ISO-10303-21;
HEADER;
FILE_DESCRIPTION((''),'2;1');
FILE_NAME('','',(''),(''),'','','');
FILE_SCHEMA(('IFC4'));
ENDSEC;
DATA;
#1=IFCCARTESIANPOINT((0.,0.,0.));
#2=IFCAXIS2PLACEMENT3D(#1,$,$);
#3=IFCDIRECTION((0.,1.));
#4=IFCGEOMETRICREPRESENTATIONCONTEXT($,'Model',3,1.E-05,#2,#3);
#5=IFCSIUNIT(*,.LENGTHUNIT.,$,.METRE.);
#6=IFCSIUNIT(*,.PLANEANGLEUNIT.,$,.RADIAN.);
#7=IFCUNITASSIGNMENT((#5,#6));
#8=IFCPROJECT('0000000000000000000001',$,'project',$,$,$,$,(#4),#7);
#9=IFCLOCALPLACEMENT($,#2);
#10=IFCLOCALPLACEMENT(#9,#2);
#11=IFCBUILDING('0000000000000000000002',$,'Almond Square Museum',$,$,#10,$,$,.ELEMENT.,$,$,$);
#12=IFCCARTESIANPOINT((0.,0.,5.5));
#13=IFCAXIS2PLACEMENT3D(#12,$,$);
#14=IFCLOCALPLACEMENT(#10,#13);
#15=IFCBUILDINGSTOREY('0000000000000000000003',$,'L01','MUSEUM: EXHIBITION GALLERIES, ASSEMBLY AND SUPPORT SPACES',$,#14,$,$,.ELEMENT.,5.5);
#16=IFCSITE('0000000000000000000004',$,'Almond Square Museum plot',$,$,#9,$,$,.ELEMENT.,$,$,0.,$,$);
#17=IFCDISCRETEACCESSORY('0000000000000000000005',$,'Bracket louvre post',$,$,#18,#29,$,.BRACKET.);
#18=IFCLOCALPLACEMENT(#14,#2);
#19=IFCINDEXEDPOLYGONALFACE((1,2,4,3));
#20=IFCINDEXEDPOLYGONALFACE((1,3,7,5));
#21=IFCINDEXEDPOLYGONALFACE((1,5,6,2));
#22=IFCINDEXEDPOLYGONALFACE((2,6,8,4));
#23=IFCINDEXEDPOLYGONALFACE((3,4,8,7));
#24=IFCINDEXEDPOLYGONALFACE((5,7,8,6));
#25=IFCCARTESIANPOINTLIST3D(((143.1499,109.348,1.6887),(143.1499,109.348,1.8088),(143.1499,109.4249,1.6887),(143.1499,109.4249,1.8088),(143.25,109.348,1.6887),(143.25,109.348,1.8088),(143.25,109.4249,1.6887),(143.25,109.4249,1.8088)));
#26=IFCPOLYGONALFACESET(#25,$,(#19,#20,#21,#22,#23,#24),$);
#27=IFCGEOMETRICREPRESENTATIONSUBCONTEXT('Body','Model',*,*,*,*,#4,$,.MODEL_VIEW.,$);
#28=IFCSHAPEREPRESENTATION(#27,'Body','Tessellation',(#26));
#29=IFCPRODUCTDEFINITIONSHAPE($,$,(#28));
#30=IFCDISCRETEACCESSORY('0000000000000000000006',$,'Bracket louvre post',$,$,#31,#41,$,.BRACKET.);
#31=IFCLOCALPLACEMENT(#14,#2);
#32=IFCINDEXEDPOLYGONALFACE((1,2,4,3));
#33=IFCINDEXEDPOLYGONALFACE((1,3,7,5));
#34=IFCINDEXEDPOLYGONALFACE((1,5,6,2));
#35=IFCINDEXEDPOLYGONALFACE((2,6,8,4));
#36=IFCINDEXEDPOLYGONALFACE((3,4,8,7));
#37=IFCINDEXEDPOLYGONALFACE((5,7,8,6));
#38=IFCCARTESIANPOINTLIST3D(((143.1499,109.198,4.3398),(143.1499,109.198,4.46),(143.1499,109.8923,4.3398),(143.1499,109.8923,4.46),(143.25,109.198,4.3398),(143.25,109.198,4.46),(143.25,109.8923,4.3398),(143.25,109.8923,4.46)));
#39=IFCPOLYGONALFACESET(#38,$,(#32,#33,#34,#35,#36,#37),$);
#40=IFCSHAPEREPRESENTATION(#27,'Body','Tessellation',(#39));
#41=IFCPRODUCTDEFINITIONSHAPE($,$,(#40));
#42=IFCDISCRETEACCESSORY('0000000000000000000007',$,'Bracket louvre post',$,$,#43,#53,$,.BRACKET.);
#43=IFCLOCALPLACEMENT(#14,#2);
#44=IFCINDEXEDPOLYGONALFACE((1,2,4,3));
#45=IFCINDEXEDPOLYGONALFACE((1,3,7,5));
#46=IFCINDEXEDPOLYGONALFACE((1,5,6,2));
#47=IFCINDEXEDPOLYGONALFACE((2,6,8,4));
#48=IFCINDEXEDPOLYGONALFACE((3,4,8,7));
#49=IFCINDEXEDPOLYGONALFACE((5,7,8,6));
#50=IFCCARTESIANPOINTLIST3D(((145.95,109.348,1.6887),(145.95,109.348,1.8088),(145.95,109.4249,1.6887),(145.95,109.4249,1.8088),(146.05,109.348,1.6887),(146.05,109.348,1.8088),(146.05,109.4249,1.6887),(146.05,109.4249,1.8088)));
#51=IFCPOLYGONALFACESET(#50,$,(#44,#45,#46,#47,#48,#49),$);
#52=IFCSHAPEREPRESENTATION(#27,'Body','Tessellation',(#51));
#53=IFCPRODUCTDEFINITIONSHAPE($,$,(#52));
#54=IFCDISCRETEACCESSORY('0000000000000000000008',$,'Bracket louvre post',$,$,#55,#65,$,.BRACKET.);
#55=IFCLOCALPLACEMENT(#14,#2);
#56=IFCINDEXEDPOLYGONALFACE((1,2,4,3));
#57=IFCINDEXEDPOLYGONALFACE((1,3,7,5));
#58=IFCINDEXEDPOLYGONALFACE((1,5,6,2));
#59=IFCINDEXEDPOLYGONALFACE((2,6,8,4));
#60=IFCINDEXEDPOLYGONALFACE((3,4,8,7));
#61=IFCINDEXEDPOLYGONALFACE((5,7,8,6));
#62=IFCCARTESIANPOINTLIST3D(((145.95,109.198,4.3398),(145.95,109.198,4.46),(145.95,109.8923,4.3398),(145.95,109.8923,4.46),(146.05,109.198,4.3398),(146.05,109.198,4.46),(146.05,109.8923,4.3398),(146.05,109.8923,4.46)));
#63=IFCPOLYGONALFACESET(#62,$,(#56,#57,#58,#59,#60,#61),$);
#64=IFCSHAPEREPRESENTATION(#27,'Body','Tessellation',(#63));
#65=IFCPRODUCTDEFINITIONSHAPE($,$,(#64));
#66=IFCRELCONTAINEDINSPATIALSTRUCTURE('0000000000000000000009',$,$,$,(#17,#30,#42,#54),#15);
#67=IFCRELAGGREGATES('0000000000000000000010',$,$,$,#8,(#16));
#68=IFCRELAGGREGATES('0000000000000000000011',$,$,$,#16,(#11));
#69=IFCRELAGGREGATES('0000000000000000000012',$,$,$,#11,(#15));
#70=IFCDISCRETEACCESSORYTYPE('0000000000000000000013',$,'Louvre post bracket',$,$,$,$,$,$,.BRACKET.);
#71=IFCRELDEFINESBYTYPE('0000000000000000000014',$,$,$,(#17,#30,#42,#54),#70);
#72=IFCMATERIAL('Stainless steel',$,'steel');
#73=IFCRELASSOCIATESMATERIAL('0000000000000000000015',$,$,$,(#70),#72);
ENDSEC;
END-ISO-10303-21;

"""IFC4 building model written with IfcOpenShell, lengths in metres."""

from ifc_helpers import new_model, si_unit, direction, frame, origin, origin_2d, place, context, subcontext, project, spatial, rectangle, extrude, material, type_object, element, save


model = new_model("IFC4")

# Units and contexts
model_context = context("Model", 3, precision=1e-05, world=origin(), true_north=direction((0.0, 1.0)))
body_context = subcontext(model_context, "Body", "Model", "MODEL_VIEW")
ifc_project = project(units=[si_unit("LENGTHUNIT", "METRE"), si_unit("PLANEANGLEUNIT", "RADIAN")], contexts=[model_context])

# Site, building, storey
site_placement = place(None, origin())
site = spatial("IfcSite", under=ifc_project, at=site_placement, Name="Almond Square Museum plot", CompositionType="ELEMENT", RefElevation=0.0)
building_placement = place(site_placement, origin())
building = spatial("IfcBuilding", under=site, at=building_placement, Name="Almond Square Museum", CompositionType="ELEMENT")
storey_placement = place(building_placement, frame((0.0, 0.0, 5.5)))
storey = spatial("IfcBuildingStorey", under=building, at=storey_placement, Name="L01", Description="MUSEUM: EXHIBITION GALLERIES, ASSEMBLY AND SUPPORT SPACES", CompositionType="ELEMENT", Elevation=5.5)

# Discrete accessories
ifc_material_1 = material(Name="Stainless steel", Category="steel")
discrete_accessory_type = type_object("IfcDiscreteAccessoryType", Name="Louvre post bracket", PredefinedType="BRACKET", material=ifc_material_1)
discrete_accessory_1_placement = place(storey_placement, frame((143.2, 109.3865, 1.6887), z_axis=(0.0, 0.0, 1.0), x_axis=(1.0, 0.0, 0.0)))
element("IfcDiscreteAccessory", 1, at=discrete_accessory_1_placement, inside=storey, type_object=discrete_accessory_type, Name="Bracket louvre post", PredefinedType="BRACKET", context=body_context, shape_type="SweptSolid", body=[
    extrude(rectangle(XDim=0.1001, YDim=0.0769, at=origin_2d()), origin(), (0.0, 0.0, 1.0), 0.1201),
])
discrete_accessory_2_placement = place(storey_placement, frame((143.2, 109.5452, 4.3398), z_axis=(0.0, 0.0, 1.0), x_axis=(1.0, 0.0, 0.0)))
element("IfcDiscreteAccessory", 2, at=discrete_accessory_2_placement, inside=storey, type_object=discrete_accessory_type, Name="Bracket louvre post", PredefinedType="BRACKET", context=body_context, shape_type="SweptSolid", body=[
    extrude(rectangle(XDim=0.1001, YDim=0.6943, at=origin_2d()), origin(), (0.0, 0.0, 1.0), 0.1201),
])
discrete_accessory_3_placement = place(storey_placement, frame((146.0, 109.3865, 1.6887), z_axis=(0.0, 0.0, 1.0), x_axis=(1.0, 0.0, 0.0)))
element("IfcDiscreteAccessory", 3, at=discrete_accessory_3_placement, inside=storey, type_object=discrete_accessory_type, Name="Bracket louvre post", PredefinedType="BRACKET", context=body_context, shape_type="SweptSolid", body=[
    extrude(rectangle(XDim=0.1001, YDim=0.0769, at=origin_2d()), origin(), (0.0, 0.0, 1.0), 0.1201),
])
discrete_accessory_4_placement = place(storey_placement, frame((146.0, 109.5452, 4.3398), z_axis=(0.0, 0.0, 1.0), x_axis=(1.0, 0.0, 0.0)))
element("IfcDiscreteAccessory", 4, at=discrete_accessory_4_placement, inside=storey, type_object=discrete_accessory_type, Name="Bracket louvre post", PredefinedType="BRACKET", context=body_context, shape_type="SweptSolid", body=[
    extrude(rectangle(XDim=0.1001, YDim=0.6943, at=origin_2d()), origin(), (0.0, 0.0, 1.0), 0.1201),
])

save(model, "model.ifc")
